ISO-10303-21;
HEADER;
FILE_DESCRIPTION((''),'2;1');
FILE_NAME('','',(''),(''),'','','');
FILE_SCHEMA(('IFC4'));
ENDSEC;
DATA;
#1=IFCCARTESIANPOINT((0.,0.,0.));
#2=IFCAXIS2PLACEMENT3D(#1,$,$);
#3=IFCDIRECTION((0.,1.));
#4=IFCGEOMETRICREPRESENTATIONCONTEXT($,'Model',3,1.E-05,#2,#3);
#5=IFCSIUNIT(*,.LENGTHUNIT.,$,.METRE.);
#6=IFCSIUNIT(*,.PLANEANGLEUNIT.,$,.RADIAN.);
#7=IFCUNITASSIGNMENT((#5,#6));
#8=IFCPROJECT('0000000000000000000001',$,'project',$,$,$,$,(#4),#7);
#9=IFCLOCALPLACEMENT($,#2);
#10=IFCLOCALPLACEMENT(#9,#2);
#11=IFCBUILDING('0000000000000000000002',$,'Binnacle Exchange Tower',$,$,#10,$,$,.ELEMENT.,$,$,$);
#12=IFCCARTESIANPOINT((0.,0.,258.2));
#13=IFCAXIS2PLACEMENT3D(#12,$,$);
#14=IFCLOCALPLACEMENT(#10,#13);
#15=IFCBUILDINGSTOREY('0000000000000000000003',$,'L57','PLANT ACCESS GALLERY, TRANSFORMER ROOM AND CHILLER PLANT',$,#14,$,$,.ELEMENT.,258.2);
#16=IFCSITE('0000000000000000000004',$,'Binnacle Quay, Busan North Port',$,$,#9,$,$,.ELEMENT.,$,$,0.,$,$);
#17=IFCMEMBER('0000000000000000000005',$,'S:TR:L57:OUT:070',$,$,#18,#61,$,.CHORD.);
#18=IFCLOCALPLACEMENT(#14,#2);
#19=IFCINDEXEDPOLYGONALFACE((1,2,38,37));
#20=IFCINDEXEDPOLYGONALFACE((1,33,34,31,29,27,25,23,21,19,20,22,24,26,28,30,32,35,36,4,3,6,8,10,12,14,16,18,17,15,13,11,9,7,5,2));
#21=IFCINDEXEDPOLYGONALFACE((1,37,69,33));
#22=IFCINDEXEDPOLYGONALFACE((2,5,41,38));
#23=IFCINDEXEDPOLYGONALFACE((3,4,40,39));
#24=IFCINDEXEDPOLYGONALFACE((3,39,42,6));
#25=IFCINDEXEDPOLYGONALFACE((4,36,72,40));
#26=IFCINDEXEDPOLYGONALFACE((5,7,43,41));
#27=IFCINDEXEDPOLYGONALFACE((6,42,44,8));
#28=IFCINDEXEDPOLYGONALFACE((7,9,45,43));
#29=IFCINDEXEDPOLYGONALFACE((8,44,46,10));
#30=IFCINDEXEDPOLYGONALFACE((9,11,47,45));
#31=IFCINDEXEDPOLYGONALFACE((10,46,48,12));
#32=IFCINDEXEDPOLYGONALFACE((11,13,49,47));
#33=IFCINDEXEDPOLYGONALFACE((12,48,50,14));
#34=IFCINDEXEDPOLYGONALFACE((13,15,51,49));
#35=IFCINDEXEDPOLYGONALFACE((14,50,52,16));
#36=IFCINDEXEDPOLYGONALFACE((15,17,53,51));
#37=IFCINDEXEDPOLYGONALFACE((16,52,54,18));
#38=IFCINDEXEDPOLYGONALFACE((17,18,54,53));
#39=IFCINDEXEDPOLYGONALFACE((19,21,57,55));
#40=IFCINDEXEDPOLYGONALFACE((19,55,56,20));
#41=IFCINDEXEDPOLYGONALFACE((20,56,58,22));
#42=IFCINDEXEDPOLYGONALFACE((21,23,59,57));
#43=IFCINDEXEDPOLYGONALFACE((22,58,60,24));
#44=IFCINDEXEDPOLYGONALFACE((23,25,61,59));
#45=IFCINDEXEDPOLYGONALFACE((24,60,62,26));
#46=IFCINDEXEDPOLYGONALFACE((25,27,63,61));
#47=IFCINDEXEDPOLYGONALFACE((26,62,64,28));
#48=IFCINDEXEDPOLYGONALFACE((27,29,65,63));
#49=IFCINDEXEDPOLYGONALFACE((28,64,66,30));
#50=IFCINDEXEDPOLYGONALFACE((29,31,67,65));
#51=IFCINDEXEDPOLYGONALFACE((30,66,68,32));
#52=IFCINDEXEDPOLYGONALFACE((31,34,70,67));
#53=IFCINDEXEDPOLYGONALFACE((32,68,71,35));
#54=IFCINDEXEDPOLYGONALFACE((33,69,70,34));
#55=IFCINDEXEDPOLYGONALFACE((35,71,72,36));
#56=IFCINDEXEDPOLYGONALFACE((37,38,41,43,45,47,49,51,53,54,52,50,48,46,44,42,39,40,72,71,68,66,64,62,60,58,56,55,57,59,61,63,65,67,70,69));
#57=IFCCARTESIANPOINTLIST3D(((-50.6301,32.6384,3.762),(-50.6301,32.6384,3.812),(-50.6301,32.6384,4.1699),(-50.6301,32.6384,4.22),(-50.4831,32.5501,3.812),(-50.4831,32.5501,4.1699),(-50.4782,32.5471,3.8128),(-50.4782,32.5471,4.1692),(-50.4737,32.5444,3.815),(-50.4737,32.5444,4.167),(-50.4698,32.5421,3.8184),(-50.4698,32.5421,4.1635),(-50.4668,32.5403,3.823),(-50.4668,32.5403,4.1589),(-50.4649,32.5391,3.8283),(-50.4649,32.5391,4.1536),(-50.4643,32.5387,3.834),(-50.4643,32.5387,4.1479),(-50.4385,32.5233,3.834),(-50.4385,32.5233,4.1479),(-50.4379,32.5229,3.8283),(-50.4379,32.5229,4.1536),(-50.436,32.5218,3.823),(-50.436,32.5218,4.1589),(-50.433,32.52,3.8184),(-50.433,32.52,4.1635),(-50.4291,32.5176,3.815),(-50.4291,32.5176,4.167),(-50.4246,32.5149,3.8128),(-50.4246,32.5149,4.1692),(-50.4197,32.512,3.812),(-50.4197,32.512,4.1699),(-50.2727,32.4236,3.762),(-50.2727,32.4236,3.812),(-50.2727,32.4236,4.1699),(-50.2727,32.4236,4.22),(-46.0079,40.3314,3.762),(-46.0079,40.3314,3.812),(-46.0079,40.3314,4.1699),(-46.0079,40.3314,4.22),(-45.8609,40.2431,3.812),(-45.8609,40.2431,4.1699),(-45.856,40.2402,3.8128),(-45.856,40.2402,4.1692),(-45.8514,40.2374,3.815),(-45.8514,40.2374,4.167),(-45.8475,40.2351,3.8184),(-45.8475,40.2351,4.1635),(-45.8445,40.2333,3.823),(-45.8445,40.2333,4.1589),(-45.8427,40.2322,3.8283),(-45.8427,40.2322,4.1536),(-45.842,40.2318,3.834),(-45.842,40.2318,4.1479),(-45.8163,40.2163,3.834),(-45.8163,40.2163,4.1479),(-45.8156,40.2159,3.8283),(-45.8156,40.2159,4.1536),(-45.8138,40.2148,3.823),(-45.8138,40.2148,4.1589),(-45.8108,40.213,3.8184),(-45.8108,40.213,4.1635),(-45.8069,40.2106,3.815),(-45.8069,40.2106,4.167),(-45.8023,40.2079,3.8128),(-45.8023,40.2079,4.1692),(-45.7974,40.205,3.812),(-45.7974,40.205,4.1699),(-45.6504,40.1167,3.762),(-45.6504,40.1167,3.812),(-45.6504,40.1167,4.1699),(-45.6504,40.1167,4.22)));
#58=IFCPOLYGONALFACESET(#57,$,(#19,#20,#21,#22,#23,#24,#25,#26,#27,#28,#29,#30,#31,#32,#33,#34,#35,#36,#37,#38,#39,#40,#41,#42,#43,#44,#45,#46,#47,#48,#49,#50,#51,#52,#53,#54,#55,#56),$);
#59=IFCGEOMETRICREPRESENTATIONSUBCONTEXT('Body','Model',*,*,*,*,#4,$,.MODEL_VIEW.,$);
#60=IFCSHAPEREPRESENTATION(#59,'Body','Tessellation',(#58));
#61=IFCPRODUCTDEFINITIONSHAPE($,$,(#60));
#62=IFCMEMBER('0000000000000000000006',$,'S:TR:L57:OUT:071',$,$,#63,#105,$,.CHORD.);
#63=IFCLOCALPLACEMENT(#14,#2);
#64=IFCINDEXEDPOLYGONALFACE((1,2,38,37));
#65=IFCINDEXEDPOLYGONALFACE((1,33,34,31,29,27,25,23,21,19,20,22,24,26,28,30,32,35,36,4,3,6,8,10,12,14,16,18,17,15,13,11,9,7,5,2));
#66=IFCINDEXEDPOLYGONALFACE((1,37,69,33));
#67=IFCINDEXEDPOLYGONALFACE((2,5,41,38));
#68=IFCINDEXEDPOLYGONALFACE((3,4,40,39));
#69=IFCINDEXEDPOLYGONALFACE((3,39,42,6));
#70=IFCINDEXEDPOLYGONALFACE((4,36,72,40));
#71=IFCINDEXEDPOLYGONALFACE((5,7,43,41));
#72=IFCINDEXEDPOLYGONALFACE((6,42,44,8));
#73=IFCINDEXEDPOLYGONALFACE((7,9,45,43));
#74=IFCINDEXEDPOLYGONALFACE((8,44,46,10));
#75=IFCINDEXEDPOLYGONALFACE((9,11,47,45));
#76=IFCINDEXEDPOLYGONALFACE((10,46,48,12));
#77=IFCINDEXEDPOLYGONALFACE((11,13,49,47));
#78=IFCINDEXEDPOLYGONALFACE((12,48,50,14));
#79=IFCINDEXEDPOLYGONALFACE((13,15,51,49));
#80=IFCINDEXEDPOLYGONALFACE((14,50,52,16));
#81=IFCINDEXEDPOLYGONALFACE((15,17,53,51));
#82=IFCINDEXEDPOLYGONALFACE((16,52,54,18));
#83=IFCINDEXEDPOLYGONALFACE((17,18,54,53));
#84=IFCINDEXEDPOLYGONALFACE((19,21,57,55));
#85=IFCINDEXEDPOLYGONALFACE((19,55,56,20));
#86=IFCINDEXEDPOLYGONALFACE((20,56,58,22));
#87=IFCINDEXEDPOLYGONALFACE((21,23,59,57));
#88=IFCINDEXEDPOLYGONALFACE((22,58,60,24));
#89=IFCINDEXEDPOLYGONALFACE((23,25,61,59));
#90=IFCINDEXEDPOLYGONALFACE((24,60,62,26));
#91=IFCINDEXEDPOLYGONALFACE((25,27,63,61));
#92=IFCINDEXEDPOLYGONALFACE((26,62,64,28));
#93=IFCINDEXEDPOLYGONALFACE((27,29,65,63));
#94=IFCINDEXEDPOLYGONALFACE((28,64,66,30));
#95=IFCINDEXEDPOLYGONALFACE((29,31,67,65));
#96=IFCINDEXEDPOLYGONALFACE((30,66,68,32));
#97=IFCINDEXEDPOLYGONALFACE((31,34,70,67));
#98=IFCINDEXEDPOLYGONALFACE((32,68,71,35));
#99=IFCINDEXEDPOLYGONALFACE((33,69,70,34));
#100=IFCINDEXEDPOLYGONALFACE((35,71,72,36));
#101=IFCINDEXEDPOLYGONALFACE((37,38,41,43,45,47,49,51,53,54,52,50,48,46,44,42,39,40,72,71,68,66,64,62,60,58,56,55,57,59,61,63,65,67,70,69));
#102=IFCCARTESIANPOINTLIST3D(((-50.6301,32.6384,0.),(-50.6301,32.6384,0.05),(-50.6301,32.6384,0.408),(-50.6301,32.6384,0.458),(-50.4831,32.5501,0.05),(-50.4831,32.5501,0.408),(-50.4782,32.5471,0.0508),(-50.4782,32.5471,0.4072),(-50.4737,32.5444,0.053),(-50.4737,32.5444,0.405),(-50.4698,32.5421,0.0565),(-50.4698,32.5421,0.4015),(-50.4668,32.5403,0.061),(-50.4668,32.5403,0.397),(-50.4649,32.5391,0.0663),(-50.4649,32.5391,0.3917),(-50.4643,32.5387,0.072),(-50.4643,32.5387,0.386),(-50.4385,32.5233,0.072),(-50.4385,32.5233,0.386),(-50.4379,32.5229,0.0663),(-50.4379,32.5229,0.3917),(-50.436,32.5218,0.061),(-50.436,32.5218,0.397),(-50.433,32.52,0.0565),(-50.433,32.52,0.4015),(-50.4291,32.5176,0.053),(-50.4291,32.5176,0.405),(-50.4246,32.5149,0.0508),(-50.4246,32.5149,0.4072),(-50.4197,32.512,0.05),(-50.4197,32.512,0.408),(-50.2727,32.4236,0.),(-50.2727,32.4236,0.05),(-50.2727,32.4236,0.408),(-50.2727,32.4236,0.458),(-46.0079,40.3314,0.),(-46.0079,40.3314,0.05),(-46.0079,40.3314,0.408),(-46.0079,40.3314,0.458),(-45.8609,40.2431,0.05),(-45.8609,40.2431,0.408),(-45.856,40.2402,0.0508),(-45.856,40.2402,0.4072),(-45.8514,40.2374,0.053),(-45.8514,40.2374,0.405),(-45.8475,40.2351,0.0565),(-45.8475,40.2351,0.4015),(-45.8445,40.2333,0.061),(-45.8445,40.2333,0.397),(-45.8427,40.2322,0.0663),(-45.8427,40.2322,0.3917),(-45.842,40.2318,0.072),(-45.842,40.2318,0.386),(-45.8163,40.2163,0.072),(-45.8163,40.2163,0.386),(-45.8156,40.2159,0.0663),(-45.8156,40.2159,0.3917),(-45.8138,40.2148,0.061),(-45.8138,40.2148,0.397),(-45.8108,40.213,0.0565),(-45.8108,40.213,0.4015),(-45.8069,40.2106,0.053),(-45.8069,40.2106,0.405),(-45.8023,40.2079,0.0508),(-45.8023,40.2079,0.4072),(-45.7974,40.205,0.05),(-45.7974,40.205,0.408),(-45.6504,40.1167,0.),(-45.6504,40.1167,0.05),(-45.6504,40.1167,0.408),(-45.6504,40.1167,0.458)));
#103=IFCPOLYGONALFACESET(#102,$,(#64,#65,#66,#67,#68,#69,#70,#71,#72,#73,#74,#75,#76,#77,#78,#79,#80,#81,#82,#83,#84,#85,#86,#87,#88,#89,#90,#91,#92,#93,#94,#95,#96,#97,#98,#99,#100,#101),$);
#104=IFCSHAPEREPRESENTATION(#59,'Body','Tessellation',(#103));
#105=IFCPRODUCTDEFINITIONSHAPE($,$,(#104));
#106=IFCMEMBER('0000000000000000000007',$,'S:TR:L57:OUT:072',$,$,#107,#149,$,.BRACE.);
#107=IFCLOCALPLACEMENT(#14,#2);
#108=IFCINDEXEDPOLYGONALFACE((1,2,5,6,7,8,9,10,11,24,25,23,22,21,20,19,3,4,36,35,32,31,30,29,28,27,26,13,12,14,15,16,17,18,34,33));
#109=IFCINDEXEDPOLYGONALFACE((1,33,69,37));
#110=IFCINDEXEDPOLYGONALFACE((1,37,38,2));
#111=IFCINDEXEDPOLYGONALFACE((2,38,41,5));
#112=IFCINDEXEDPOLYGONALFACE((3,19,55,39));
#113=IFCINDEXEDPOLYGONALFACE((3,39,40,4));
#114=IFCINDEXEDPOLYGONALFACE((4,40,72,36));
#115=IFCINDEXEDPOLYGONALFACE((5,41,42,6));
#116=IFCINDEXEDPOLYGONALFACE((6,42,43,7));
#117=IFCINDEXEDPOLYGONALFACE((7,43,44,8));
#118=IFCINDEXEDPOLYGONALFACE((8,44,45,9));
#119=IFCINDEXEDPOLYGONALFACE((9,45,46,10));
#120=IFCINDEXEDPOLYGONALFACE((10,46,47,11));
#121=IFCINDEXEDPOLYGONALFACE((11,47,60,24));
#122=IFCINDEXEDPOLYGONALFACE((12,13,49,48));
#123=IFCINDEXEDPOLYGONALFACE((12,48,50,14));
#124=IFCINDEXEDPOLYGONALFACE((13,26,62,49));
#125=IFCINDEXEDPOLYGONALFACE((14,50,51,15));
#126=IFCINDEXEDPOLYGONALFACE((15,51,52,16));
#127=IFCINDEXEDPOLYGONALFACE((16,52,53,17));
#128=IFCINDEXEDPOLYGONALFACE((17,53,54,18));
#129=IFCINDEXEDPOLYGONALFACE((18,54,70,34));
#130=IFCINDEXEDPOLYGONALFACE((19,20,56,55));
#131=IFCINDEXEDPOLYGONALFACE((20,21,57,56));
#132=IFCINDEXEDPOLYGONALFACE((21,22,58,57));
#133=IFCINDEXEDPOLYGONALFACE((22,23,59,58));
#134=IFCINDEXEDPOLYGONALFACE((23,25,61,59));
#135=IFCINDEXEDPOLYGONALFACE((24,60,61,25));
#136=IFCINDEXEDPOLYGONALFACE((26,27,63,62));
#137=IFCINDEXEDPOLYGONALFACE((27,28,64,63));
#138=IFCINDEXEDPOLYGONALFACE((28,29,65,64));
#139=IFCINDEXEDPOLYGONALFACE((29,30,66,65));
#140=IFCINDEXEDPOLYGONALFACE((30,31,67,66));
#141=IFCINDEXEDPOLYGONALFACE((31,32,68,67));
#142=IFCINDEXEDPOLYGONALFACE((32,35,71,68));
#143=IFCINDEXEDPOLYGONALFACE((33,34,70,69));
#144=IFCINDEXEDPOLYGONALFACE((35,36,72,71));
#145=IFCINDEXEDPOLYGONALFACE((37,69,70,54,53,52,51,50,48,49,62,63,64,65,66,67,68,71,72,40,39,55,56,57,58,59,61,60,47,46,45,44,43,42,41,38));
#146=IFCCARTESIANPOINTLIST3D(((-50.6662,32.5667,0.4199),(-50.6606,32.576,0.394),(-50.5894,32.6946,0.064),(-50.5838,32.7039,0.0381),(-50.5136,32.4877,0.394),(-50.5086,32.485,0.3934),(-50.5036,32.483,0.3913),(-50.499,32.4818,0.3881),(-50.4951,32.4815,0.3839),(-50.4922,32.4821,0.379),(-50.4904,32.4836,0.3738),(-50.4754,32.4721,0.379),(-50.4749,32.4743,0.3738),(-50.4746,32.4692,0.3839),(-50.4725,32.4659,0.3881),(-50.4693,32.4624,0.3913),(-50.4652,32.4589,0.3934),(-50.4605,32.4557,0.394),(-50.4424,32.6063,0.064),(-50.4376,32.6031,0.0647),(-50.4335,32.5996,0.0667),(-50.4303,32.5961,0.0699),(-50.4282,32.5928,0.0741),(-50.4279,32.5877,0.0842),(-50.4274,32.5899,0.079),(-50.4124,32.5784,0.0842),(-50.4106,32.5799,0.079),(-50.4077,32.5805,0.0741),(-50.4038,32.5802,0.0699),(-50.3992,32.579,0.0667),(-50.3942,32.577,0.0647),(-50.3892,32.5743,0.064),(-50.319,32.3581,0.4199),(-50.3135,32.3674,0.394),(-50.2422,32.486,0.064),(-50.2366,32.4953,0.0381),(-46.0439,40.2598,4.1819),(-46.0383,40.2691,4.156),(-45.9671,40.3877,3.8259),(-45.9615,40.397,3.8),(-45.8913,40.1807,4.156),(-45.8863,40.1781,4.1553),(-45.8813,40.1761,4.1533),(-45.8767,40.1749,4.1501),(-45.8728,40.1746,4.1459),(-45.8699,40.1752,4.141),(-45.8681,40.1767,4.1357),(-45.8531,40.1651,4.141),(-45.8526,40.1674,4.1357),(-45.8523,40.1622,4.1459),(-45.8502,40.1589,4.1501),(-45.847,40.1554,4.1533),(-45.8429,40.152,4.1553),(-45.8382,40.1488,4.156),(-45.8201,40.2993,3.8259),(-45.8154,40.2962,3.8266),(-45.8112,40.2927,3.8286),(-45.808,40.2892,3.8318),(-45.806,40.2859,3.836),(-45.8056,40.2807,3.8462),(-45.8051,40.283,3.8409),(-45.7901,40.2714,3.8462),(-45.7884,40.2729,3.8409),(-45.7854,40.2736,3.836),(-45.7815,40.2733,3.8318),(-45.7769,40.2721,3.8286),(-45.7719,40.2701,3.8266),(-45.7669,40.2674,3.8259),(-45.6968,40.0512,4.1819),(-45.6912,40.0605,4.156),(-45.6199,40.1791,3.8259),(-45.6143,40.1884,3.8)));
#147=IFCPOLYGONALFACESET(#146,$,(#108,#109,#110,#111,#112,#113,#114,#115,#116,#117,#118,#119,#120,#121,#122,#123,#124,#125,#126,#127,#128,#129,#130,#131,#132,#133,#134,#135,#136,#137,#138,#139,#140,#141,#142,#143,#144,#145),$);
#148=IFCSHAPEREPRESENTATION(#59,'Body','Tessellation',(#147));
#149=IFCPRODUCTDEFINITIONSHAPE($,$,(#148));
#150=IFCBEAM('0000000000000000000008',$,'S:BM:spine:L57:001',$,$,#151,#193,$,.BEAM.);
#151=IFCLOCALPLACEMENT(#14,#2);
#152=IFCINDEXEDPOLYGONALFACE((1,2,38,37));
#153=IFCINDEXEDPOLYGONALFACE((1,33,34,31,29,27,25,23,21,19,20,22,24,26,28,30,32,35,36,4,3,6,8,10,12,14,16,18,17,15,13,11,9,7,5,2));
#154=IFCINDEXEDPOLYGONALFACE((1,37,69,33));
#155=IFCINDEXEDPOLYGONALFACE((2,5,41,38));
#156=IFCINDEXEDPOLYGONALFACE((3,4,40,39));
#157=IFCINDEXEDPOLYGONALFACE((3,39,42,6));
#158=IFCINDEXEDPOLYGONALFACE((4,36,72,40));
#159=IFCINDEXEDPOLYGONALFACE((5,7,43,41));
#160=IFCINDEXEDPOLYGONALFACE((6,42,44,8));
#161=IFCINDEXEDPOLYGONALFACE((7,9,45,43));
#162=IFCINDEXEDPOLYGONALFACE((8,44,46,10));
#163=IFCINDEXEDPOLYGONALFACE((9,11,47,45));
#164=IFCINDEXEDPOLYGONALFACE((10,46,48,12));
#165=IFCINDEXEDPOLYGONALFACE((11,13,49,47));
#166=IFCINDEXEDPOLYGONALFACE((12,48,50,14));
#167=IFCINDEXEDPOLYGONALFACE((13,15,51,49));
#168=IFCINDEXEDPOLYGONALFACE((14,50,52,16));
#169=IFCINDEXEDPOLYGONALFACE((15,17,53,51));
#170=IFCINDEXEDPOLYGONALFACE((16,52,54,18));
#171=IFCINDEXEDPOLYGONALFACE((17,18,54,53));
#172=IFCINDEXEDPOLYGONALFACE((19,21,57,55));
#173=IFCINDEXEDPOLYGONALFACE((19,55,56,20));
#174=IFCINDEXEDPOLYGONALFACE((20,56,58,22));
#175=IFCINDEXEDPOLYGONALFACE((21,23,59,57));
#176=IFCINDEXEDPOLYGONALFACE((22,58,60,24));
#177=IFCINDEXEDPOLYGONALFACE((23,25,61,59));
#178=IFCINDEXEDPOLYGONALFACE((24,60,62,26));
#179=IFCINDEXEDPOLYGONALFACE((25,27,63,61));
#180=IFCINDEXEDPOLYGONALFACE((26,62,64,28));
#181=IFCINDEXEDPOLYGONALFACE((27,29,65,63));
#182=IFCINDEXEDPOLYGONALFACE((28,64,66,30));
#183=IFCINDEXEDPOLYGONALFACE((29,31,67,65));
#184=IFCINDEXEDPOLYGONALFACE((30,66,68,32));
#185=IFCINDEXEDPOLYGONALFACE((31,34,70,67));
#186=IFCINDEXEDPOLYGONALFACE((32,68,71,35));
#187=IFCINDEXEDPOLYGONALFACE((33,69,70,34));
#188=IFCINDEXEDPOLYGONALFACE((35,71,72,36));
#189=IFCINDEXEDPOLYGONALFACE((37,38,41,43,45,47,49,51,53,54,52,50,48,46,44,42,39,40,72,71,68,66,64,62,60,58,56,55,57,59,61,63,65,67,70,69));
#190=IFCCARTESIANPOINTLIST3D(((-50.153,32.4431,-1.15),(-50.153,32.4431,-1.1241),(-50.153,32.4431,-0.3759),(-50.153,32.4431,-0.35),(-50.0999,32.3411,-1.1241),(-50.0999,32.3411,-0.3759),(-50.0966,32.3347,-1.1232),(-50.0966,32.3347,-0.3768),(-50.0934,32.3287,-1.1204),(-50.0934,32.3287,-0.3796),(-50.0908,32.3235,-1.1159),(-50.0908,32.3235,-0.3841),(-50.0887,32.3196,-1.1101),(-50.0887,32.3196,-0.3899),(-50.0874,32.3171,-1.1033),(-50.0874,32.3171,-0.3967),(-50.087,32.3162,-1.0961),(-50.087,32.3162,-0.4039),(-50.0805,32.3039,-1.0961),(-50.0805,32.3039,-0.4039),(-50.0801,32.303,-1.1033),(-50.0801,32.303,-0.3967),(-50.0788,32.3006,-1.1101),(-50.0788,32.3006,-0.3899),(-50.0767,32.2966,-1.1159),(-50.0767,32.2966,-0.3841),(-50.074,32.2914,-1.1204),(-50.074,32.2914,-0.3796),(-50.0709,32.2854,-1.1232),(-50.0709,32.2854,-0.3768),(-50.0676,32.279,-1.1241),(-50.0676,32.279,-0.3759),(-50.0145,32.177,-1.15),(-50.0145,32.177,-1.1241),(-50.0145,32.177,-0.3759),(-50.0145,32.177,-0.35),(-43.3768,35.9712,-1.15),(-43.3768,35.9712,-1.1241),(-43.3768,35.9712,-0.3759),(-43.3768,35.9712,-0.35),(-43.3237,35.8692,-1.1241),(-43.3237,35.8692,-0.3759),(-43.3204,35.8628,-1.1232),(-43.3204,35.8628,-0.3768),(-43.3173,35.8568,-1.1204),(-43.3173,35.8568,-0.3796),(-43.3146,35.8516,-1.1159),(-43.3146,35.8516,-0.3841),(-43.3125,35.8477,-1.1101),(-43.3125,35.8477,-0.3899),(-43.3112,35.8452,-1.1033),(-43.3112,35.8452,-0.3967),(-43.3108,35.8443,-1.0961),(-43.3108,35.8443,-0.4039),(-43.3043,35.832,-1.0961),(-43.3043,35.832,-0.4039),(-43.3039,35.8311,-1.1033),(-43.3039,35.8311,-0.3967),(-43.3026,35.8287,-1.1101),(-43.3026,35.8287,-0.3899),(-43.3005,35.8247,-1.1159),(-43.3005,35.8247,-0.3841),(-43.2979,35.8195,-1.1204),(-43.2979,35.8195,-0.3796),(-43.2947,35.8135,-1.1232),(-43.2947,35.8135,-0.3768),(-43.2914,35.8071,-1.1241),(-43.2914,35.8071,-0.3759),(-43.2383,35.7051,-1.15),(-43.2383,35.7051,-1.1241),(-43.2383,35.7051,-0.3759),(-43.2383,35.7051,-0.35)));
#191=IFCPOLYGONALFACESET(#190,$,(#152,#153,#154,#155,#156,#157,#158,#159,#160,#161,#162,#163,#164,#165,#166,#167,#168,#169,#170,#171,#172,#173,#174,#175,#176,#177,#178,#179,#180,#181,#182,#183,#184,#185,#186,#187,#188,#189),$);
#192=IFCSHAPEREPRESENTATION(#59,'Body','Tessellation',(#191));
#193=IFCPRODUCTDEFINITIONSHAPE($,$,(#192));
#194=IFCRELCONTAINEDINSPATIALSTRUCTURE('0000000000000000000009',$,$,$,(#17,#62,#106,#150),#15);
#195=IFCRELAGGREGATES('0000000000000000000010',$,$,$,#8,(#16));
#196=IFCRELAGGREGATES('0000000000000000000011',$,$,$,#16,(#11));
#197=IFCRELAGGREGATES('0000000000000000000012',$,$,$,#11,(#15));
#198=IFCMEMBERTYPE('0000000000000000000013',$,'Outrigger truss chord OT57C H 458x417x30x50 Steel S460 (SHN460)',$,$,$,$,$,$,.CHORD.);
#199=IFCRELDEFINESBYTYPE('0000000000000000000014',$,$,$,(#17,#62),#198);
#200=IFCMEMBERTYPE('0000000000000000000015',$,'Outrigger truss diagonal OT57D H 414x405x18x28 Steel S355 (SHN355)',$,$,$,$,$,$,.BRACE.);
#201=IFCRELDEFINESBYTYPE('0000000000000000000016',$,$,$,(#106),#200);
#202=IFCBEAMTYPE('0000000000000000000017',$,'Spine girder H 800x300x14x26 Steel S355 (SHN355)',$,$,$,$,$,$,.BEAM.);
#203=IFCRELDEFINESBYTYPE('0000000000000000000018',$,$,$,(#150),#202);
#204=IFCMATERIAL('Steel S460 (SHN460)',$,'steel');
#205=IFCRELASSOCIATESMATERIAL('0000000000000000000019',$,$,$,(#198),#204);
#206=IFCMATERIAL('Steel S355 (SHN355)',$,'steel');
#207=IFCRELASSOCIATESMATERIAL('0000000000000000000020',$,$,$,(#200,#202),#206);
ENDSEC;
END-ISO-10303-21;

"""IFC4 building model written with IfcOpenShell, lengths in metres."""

from ifc_helpers import new_model, si_unit, direction, frame, origin, origin_2d, place, context, subcontext, project, spatial, i_section, extrude, material, material_profile, profile_set, type_object, element, save


model = new_model("IFC4")

# Units and contexts
model_context = context("Model", 3, precision=1e-05, world=origin(), true_north=direction((0.0, 1.0)))
body_context = subcontext(model_context, "Body", "Model", "MODEL_VIEW")
ifc_project = project(units=[si_unit("LENGTHUNIT", "METRE"), si_unit("PLANEANGLEUNIT", "RADIAN")], contexts=[model_context])

# Site, building, storey
site_placement = place(None, origin())
site = spatial("IfcSite", under=ifc_project, at=site_placement, Name="Binnacle Quay, Busan North Port", CompositionType="ELEMENT", RefElevation=0.0)
building_placement = place(site_placement, origin())
building = spatial("IfcBuilding", under=site, at=building_placement, Name="Binnacle Exchange Tower", CompositionType="ELEMENT")
storey_placement = place(building_placement, frame((0.0, 0.0, 258.2)))
storey = spatial("IfcBuildingStorey", under=building, at=storey_placement, Name="L57", Description="PLANT ACCESS GALLERY, TRANSFORMER ROOM AND CHILLER PLANT", CompositionType="ELEMENT", Elevation=258.2)

# Shared definitions
ifc_material_1 = material(Name="Steel S355 (SHN355)", Category="steel")

# Members
ifc_material_2 = material(Name="Steel S460 (SHN460)", Category="steel")
ifc_material_profile_1 = material_profile(ifc_material_2, i_section(OverallWidth=0.417, OverallDepth=0.458, WebThickness=0.03, FlangeThickness=0.05, FilletRadius=0.022, at=origin_2d()), Name="H 458x417x30x50")
ifc_profile_set_1 = profile_set([ifc_material_profile_1], Name="Steel S460 (SHN460)")
member_type_1 = type_object("IfcMemberType", Name="Outrigger truss chord OT57C H 458x417x30x50 Steel S460 (SHN460)", PredefinedType="CHORD", material=ifc_profile_set_1)
for number, where, z_axis, x_axis, name in (
    (1, (-50.4514, 32.531, 3.991), (0.515024, 0.857176, 0.0), (-0.857176, 0.515024, 0.0), "S:TR:L57:OUT:070"),
    (2, (-50.4514, 32.531, 0.229), (0.515024, 0.857176, 0.0), (-0.857176, 0.515024, 0.0), "S:TR:L57:OUT:071"),
):
    element("IfcMember", number, at=place(storey_placement, frame(where, z_axis=z_axis, x_axis=x_axis)), inside=storey, type_object=member_type_1, Name=name, PredefinedType="CHORD", context=body_context, shape_type="SweptSolid", body=[
        extrude(i_section(OverallWidth=0.417, OverallDepth=0.458, WebThickness=0.03, FlangeThickness=0.05, FilletRadius=0.022, at=origin_2d()), origin(), (0.0, 0.0, 1.0), 8.9749),
    ])
ifc_material_profile_2 = material_profile(ifc_material_1, i_section(OverallWidth=0.405, OverallDepth=0.4141, WebThickness=0.0181, FlangeThickness=0.0281, FilletRadius=0.022, at=origin_2d()), Name="H 414x405x18x28")
ifc_profile_set_2 = profile_set([ifc_material_profile_2], Name="Steel S355 (SHN355)")
member_type_2 = type_object("IfcMemberType", Name="Outrigger truss diagonal OT57D H 414x405x18x28 Steel S355 (SHN355)", PredefinedType="BRACE", material=ifc_profile_set_2)
member_1_placement = place(storey_placement, frame((-50.4514, 32.531, 0.229), z_axis=(0.474985, 0.790537, 0.386576), x_axis=(-0.857176, 0.515024, 0.0)))
element("IfcMember", 3, at=member_1_placement, inside=storey, type_object=member_type_2, Name="S:TR:L57:OUT:072", PredefinedType="BRACE", context=body_context, shape_type="SweptSolid", body=[
    extrude(i_section(OverallWidth=0.405, OverallDepth=0.4141, WebThickness=0.0181, FlangeThickness=0.0281, FilletRadius=0.022, at=origin_2d()), origin(), (0.0, 0.0, 1.0), 9.7314),
])

# Beam
ifc_material_profile_3 = material_profile(ifc_material_1, i_section(OverallWidth=0.3, OverallDepth=0.8, WebThickness=0.0139, FlangeThickness=0.0259, FilletRadius=0.0281, at=origin_2d()), Name="H 800x300x14x26")
ifc_profile_set_3 = profile_set([ifc_material_profile_3], Name="Steel S355 (SHN355)")
beam_type_1 = type_object("IfcBeamType", Name="Spine girder H 800x300x14x26 Steel S355 (SHN355)", PredefinedType="BEAM", material=ifc_profile_set_3)
beam_1_placement = place(storey_placement, frame((-50.0837, 32.3101, -0.75), z_axis=(0.886976, 0.461816, 0.0), x_axis=(-0.461816, 0.886976, 0.0)))
element("IfcBeam", 4, at=beam_1_placement, inside=storey, type_object=beam_type_1, Name="S:BM:spine:L57:001", PredefinedType="BEAM", context=body_context, shape_type="SweptSolid", body=[
    extrude(i_section(OverallWidth=0.3, OverallDepth=0.8, WebThickness=0.0139, FlangeThickness=0.0259, FilletRadius=0.0281, at=origin_2d()), origin(), (0.0, 0.0, 1.0), 7.6396),
])

save(model, "model.ifc")
